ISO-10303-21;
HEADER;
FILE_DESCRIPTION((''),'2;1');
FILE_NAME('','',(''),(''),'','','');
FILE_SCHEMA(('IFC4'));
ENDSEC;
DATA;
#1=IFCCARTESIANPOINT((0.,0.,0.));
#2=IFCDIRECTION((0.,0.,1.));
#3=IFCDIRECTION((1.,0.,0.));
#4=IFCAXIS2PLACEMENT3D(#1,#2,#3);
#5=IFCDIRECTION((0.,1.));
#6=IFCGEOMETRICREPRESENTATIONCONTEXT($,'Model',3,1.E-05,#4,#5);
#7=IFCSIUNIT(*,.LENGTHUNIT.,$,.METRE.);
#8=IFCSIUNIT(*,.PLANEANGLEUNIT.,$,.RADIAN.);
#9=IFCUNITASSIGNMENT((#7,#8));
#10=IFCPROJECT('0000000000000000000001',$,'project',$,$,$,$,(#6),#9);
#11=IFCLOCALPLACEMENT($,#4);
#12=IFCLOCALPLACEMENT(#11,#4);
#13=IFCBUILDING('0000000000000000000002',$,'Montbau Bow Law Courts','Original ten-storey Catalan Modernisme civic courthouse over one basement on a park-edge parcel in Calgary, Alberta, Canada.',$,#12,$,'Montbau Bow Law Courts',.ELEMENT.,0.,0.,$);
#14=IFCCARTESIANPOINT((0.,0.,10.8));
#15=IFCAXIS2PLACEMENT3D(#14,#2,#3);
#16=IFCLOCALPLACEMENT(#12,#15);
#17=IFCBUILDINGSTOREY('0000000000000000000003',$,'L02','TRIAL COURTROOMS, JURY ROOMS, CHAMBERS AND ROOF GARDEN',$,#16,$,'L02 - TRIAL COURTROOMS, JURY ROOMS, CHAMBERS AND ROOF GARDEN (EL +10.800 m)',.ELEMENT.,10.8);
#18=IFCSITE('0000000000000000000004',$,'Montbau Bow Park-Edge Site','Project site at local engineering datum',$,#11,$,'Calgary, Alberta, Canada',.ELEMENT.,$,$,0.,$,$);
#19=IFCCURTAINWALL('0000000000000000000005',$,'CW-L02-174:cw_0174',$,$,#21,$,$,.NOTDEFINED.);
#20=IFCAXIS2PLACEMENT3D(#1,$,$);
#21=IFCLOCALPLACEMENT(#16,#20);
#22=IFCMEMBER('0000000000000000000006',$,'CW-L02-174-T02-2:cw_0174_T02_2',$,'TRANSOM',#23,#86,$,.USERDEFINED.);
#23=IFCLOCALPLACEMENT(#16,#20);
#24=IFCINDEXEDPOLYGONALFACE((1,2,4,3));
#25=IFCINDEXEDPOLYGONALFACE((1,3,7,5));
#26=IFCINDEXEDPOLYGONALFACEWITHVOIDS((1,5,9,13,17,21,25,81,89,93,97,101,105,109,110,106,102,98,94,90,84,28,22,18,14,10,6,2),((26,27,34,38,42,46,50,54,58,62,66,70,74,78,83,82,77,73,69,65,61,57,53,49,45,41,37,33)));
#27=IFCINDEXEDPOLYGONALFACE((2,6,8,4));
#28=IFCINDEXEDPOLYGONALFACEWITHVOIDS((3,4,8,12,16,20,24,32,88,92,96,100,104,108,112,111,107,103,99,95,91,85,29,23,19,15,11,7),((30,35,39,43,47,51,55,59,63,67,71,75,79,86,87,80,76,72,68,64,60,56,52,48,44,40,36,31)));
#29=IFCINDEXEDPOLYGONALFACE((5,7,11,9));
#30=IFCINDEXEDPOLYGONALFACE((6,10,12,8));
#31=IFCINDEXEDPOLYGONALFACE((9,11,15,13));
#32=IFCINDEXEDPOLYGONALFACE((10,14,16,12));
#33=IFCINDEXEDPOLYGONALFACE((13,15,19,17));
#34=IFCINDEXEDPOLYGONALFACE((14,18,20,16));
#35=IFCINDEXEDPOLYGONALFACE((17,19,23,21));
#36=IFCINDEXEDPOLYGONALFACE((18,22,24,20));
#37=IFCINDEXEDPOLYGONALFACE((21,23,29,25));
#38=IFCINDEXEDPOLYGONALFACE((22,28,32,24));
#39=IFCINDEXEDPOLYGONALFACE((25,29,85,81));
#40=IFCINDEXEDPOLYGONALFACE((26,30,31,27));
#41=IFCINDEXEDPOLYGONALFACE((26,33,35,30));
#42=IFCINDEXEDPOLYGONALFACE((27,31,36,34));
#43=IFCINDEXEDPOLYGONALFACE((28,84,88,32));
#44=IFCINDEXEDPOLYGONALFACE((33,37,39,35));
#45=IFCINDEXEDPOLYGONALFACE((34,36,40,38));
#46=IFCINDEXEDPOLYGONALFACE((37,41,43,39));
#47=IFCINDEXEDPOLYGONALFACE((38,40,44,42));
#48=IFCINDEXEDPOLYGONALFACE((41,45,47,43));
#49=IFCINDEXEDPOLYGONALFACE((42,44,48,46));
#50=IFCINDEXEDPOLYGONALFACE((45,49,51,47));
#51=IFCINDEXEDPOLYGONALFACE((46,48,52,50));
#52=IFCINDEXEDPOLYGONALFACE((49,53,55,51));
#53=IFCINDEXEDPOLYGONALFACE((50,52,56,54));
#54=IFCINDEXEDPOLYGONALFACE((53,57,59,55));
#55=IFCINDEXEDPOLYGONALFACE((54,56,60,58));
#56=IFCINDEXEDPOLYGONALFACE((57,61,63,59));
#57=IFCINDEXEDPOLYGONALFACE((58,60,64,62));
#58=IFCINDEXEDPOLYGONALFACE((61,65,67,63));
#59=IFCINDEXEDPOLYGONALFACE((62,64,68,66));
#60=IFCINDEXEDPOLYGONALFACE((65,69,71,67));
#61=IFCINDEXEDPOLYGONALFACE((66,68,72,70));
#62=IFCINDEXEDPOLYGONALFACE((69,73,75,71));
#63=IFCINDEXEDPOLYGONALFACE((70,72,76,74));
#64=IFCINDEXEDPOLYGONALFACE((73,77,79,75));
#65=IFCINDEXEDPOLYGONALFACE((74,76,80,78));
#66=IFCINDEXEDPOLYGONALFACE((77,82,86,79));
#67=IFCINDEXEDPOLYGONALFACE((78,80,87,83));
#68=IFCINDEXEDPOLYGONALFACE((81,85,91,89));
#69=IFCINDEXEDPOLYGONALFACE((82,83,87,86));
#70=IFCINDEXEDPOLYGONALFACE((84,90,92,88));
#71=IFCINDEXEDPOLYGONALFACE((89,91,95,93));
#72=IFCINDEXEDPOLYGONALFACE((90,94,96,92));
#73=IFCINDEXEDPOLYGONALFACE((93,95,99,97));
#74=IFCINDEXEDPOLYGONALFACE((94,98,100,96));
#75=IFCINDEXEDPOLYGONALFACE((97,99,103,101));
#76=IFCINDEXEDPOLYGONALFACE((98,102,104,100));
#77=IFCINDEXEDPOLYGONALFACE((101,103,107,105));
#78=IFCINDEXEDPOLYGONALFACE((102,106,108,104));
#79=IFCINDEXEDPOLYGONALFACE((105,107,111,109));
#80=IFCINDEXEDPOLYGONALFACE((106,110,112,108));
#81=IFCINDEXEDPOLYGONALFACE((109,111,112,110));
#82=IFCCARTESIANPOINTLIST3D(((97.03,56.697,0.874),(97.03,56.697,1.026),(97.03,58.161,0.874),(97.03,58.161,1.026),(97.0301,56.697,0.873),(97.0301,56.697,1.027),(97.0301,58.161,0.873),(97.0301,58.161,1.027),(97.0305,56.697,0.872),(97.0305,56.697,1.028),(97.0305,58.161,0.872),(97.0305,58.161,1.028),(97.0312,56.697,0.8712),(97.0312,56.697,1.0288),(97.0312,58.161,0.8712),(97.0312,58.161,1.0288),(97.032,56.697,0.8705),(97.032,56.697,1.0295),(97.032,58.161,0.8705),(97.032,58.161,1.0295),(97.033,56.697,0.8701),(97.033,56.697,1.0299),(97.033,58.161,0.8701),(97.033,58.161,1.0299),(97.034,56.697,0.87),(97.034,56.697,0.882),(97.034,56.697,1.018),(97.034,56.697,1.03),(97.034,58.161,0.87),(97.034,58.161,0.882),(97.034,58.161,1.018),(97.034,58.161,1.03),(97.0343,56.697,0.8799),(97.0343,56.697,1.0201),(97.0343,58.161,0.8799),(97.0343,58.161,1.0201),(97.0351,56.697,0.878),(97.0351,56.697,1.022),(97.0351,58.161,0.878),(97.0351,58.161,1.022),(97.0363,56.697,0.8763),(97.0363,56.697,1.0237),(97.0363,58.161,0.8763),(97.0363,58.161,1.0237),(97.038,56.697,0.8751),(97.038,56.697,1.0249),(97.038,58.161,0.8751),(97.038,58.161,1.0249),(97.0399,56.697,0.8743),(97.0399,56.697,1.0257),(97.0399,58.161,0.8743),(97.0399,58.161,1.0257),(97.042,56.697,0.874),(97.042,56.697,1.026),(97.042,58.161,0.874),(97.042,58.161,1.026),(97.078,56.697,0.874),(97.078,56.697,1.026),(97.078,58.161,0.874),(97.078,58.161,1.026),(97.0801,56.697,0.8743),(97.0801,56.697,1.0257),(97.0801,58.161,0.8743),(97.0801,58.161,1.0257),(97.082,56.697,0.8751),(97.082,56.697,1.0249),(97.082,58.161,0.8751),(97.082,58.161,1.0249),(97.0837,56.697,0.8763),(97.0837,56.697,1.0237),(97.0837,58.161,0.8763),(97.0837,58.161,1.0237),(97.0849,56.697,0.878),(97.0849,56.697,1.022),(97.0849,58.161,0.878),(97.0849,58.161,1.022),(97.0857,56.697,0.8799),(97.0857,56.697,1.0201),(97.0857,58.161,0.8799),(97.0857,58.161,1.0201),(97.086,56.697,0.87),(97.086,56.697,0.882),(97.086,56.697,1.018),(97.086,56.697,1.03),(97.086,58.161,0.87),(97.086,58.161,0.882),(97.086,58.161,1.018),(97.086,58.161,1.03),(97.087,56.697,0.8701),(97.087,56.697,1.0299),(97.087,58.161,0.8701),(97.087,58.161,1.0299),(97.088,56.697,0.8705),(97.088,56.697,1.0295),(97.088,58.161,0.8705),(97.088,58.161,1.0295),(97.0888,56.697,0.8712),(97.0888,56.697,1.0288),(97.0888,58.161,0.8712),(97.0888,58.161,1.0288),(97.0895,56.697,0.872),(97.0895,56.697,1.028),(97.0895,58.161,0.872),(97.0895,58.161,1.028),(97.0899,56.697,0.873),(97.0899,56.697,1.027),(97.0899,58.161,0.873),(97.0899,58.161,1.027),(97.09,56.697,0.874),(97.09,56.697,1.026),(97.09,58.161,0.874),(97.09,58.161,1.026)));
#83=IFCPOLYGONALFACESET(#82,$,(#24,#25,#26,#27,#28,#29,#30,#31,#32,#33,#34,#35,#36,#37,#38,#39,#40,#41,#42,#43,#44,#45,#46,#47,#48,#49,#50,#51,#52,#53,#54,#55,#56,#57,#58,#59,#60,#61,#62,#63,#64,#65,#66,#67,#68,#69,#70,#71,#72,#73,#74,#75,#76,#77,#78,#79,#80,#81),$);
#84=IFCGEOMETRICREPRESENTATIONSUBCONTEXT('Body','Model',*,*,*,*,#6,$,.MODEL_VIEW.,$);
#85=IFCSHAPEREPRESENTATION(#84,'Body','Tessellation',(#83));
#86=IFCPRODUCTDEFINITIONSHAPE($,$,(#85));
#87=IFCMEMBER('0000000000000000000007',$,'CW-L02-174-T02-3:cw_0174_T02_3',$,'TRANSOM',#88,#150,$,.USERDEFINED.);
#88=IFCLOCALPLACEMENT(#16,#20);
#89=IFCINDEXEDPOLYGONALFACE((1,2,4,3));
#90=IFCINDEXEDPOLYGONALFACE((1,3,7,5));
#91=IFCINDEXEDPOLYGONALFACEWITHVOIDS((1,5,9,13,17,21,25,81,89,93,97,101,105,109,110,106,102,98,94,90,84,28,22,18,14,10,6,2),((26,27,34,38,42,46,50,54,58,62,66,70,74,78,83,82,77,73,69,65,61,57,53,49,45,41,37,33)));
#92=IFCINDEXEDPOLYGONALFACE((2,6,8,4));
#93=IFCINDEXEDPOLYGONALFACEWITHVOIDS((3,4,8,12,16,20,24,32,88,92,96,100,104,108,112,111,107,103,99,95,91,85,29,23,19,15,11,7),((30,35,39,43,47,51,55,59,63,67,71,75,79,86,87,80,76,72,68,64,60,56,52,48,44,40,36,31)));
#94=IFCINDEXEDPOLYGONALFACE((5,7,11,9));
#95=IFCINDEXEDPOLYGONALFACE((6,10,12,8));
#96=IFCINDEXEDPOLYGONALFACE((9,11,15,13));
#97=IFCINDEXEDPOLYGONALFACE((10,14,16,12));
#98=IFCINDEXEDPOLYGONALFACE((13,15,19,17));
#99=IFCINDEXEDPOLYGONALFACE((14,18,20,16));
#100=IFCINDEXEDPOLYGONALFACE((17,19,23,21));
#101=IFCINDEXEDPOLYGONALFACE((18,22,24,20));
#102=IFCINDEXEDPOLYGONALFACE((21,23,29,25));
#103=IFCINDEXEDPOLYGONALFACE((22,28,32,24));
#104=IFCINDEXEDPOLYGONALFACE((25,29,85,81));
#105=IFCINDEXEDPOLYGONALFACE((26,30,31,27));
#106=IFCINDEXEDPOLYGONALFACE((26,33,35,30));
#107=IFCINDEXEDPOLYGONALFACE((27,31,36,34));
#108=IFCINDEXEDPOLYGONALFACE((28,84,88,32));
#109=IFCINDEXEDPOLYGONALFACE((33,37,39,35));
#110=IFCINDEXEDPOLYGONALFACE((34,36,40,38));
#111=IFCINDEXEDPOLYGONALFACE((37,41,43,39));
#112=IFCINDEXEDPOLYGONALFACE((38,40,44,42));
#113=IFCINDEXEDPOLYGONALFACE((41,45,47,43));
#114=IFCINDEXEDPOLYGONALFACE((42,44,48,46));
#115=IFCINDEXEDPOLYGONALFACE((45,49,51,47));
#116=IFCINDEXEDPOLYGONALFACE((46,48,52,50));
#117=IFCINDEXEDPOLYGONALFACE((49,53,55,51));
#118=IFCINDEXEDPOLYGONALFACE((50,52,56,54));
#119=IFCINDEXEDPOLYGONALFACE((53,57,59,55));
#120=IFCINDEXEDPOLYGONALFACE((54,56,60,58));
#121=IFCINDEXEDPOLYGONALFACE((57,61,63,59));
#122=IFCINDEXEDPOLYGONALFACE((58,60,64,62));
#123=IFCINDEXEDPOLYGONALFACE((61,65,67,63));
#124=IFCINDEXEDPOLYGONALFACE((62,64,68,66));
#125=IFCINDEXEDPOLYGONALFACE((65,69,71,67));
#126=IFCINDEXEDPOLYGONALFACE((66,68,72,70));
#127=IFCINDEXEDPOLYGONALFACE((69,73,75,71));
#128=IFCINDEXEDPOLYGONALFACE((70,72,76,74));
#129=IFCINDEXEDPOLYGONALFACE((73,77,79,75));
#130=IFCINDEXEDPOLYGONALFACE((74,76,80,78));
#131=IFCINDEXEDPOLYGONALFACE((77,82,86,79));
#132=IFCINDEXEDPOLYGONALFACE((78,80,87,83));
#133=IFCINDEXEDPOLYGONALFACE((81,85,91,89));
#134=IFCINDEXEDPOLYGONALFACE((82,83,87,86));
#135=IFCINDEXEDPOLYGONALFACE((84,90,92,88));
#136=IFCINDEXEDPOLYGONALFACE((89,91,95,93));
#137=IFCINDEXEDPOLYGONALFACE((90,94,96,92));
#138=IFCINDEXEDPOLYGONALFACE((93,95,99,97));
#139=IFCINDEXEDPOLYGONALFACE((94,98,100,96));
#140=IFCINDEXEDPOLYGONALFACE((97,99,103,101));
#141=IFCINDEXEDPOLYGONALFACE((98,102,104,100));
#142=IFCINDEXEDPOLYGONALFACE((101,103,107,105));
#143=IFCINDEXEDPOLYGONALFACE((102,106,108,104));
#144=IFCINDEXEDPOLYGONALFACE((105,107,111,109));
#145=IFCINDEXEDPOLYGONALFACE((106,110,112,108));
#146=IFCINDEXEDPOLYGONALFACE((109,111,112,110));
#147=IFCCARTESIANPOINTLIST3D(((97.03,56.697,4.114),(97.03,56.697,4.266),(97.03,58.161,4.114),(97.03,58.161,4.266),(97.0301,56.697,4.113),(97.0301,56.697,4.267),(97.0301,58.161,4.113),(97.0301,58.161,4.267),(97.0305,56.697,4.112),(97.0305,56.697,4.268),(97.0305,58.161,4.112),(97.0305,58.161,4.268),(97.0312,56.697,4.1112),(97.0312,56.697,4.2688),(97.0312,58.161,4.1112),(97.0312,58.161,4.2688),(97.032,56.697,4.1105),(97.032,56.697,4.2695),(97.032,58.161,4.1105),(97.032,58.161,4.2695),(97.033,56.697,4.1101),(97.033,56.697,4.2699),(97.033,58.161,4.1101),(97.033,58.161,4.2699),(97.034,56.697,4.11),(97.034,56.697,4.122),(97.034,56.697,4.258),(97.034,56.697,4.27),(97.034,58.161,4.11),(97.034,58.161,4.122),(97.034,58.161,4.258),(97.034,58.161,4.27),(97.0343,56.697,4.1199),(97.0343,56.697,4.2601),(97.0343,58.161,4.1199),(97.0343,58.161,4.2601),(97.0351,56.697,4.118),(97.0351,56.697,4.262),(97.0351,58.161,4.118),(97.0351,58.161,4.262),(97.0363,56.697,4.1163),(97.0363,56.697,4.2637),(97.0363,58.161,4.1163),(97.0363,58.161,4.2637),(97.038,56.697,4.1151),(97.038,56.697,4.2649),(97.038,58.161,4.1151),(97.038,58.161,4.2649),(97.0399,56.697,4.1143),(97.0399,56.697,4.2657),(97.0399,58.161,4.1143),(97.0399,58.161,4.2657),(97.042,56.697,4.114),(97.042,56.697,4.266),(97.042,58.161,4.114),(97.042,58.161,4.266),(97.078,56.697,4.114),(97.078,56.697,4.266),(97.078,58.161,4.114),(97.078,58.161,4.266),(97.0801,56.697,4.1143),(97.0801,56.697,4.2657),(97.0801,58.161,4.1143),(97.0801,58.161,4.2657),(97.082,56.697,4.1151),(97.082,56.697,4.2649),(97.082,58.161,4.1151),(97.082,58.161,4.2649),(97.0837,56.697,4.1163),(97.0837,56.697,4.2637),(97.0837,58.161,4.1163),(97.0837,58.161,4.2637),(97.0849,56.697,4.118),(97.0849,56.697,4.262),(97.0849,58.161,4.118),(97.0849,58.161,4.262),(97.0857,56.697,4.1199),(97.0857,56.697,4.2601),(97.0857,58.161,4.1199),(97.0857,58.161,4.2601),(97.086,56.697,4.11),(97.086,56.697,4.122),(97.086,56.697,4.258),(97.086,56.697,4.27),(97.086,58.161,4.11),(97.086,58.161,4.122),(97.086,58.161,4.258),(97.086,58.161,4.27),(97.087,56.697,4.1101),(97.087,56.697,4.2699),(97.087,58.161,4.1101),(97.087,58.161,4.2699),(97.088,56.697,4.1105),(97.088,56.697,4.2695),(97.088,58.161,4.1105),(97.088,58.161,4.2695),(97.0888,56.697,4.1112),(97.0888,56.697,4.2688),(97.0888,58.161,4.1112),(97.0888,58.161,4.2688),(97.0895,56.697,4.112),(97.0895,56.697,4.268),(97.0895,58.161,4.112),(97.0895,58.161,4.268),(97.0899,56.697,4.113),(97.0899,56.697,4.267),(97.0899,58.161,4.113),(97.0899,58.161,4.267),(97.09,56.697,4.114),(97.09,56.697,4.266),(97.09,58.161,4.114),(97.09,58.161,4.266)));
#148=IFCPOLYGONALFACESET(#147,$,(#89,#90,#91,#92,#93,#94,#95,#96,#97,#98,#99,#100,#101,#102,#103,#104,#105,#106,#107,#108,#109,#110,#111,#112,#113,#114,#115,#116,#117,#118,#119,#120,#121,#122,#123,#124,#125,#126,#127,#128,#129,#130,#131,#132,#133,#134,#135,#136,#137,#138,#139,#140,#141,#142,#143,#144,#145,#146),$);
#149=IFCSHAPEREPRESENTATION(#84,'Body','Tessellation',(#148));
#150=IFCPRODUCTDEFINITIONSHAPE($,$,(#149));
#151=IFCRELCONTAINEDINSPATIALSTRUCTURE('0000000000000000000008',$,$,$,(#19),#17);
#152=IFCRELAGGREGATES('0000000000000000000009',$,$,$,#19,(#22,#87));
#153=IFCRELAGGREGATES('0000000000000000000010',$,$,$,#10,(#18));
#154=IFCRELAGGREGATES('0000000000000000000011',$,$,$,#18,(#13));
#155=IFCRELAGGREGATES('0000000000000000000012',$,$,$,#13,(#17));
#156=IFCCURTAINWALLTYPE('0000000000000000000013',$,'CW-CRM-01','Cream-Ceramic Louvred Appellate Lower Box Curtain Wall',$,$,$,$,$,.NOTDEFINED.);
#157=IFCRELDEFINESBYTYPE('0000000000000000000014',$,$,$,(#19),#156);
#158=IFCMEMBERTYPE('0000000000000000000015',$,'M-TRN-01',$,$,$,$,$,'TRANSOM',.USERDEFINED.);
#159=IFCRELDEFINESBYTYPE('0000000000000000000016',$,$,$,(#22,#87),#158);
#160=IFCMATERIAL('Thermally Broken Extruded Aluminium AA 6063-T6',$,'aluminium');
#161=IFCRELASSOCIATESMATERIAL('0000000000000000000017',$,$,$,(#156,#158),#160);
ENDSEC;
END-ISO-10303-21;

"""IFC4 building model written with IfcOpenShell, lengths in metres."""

from ifc_helpers import new_model, si_unit, direction, frame, origin_with_axes, origin_2d_with_axis, place, context, subcontext, project, spatial, hollow_rectangle, extrude, material, material_profile, profile_set, type_object, element, aggregate, save


model = new_model("IFC4")

# Units and contexts
model_context = context("Model", 3, precision=1e-05, world=origin_with_axes(), true_north=direction((0.0, 1.0)))
body_context = subcontext(model_context, "Body", "Model", "MODEL_VIEW")
ifc_project = project(units=[si_unit("LENGTHUNIT", "METRE"), si_unit("PLANEANGLEUNIT", "RADIAN")], contexts=[model_context])

# Site, building, storey
site_placement = place(None, origin_with_axes())
site = spatial("IfcSite", under=ifc_project, at=site_placement, Name="Montbau Bow Park-Edge Site", Description="Project site at local engineering datum", LongName="Calgary, Alberta, Canada", CompositionType="ELEMENT", RefElevation=0.0)
building_placement = place(site_placement, origin_with_axes())
building = spatial("IfcBuilding", under=site, at=building_placement, Name="Montbau Bow Law Courts", Description="Original ten-storey Catalan Modernisme civic courthouse over one basement on a park-edge parcel in Calgary, Alberta, Canada.", LongName="Montbau Bow Law Courts", CompositionType="ELEMENT", ElevationOfRefHeight=0.0, ElevationOfTerrain=0.0)
storey_placement = place(building_placement, frame((0.0, 0.0, 10.8), z_axis=(0.0, 0.0, 1.0), x_axis=(1.0, 0.0, 0.0)))
storey = spatial("IfcBuildingStorey", under=building, at=storey_placement, Name="L02", Description="TRIAL COURTROOMS, JURY ROOMS, CHAMBERS AND ROOF GARDEN", LongName="L02 - TRIAL COURTROOMS, JURY ROOMS, CHAMBERS AND ROOF GARDEN (EL +10.800 m)", CompositionType="ELEMENT", Elevation=10.8)

# Curtain wall, members
ifc_material_1 = material(Name="Thermally Broken Extruded Aluminium AA 6063-T6", Category="aluminium")
curtain_wall_type = type_object("IfcCurtainWallType", Name="CW-CRM-01", Description="Cream-Ceramic Louvred Appellate Lower Box Curtain Wall", PredefinedType="NOTDEFINED", material=ifc_material_1)
curtain_wall_placement = place(None, frame((97.06, 55.115, 10.8), z_axis=(0.0, 0.0, 1.0), x_axis=(1.0, 0.0, 0.0)))
curtain_wall = element("IfcCurtainWall", 1, at=curtain_wall_placement, inside=storey, type_object=curtain_wall_type, Name="CW-L02-174:cw_0174", PredefinedType="NOTDEFINED")
ifc_material_profile_1 = material_profile(ifc_material_1, hollow_rectangle(XDim=0.06, YDim=0.16, WallThickness=0.004, InnerFilletRadius=0.008, OuterFilletRadius=0.004, at=origin_2d_with_axis()), Name="CWT-160X60", Category="Main", Priority=0)
ifc_profile_set_1 = profile_set([ifc_material_profile_1], Name="Thermally Broken Extruded Aluminium AA 6063-T6")
member_type_1 = type_object("IfcMemberType", Name="M-TRN-01", ElementType="TRANSOM", PredefinedType="USERDEFINED", material=ifc_profile_set_1)
member_1_placement = place(None, frame((97.06, 56.697, 11.75), z_axis=(0.0, 1.0, 0.0), x_axis=(-1.0, 0.0, 0.0)))
member_1 = element("IfcMember", 2, at=member_1_placement, type_object=member_type_1, Name="CW-L02-174-T02-2:cw_0174_T02_2", ObjectType="TRANSOM", PredefinedType="USERDEFINED", context=body_context, shape_type="SweptSolid", body=[
    extrude(hollow_rectangle(XDim=0.06, YDim=0.16, WallThickness=0.004, InnerFilletRadius=0.008, OuterFilletRadius=0.004, at=origin_2d_with_axis()), origin_with_axes(), (0.0, 0.0, 1.0), 1.464),
])
member_2_placement = place(None, frame((97.06, 56.697, 14.99), z_axis=(0.0, 1.0, 0.0), x_axis=(-1.0, 0.0, 0.0)))
member_2 = element("IfcMember", 3, at=member_2_placement, type_object=member_type_1, Name="CW-L02-174-T02-3:cw_0174_T02_3", ObjectType="TRANSOM", PredefinedType="USERDEFINED", context=body_context, shape_type="SweptSolid", body=[
    extrude(hollow_rectangle(XDim=0.06, YDim=0.16, WallThickness=0.004, InnerFilletRadius=0.008, OuterFilletRadius=0.004, at=origin_2d_with_axis()), origin_with_axes(), (0.0, 0.0, 1.0), 1.464),
])
aggregate(curtain_wall, [member_1, member_2])

save(model, "model.ifc")
